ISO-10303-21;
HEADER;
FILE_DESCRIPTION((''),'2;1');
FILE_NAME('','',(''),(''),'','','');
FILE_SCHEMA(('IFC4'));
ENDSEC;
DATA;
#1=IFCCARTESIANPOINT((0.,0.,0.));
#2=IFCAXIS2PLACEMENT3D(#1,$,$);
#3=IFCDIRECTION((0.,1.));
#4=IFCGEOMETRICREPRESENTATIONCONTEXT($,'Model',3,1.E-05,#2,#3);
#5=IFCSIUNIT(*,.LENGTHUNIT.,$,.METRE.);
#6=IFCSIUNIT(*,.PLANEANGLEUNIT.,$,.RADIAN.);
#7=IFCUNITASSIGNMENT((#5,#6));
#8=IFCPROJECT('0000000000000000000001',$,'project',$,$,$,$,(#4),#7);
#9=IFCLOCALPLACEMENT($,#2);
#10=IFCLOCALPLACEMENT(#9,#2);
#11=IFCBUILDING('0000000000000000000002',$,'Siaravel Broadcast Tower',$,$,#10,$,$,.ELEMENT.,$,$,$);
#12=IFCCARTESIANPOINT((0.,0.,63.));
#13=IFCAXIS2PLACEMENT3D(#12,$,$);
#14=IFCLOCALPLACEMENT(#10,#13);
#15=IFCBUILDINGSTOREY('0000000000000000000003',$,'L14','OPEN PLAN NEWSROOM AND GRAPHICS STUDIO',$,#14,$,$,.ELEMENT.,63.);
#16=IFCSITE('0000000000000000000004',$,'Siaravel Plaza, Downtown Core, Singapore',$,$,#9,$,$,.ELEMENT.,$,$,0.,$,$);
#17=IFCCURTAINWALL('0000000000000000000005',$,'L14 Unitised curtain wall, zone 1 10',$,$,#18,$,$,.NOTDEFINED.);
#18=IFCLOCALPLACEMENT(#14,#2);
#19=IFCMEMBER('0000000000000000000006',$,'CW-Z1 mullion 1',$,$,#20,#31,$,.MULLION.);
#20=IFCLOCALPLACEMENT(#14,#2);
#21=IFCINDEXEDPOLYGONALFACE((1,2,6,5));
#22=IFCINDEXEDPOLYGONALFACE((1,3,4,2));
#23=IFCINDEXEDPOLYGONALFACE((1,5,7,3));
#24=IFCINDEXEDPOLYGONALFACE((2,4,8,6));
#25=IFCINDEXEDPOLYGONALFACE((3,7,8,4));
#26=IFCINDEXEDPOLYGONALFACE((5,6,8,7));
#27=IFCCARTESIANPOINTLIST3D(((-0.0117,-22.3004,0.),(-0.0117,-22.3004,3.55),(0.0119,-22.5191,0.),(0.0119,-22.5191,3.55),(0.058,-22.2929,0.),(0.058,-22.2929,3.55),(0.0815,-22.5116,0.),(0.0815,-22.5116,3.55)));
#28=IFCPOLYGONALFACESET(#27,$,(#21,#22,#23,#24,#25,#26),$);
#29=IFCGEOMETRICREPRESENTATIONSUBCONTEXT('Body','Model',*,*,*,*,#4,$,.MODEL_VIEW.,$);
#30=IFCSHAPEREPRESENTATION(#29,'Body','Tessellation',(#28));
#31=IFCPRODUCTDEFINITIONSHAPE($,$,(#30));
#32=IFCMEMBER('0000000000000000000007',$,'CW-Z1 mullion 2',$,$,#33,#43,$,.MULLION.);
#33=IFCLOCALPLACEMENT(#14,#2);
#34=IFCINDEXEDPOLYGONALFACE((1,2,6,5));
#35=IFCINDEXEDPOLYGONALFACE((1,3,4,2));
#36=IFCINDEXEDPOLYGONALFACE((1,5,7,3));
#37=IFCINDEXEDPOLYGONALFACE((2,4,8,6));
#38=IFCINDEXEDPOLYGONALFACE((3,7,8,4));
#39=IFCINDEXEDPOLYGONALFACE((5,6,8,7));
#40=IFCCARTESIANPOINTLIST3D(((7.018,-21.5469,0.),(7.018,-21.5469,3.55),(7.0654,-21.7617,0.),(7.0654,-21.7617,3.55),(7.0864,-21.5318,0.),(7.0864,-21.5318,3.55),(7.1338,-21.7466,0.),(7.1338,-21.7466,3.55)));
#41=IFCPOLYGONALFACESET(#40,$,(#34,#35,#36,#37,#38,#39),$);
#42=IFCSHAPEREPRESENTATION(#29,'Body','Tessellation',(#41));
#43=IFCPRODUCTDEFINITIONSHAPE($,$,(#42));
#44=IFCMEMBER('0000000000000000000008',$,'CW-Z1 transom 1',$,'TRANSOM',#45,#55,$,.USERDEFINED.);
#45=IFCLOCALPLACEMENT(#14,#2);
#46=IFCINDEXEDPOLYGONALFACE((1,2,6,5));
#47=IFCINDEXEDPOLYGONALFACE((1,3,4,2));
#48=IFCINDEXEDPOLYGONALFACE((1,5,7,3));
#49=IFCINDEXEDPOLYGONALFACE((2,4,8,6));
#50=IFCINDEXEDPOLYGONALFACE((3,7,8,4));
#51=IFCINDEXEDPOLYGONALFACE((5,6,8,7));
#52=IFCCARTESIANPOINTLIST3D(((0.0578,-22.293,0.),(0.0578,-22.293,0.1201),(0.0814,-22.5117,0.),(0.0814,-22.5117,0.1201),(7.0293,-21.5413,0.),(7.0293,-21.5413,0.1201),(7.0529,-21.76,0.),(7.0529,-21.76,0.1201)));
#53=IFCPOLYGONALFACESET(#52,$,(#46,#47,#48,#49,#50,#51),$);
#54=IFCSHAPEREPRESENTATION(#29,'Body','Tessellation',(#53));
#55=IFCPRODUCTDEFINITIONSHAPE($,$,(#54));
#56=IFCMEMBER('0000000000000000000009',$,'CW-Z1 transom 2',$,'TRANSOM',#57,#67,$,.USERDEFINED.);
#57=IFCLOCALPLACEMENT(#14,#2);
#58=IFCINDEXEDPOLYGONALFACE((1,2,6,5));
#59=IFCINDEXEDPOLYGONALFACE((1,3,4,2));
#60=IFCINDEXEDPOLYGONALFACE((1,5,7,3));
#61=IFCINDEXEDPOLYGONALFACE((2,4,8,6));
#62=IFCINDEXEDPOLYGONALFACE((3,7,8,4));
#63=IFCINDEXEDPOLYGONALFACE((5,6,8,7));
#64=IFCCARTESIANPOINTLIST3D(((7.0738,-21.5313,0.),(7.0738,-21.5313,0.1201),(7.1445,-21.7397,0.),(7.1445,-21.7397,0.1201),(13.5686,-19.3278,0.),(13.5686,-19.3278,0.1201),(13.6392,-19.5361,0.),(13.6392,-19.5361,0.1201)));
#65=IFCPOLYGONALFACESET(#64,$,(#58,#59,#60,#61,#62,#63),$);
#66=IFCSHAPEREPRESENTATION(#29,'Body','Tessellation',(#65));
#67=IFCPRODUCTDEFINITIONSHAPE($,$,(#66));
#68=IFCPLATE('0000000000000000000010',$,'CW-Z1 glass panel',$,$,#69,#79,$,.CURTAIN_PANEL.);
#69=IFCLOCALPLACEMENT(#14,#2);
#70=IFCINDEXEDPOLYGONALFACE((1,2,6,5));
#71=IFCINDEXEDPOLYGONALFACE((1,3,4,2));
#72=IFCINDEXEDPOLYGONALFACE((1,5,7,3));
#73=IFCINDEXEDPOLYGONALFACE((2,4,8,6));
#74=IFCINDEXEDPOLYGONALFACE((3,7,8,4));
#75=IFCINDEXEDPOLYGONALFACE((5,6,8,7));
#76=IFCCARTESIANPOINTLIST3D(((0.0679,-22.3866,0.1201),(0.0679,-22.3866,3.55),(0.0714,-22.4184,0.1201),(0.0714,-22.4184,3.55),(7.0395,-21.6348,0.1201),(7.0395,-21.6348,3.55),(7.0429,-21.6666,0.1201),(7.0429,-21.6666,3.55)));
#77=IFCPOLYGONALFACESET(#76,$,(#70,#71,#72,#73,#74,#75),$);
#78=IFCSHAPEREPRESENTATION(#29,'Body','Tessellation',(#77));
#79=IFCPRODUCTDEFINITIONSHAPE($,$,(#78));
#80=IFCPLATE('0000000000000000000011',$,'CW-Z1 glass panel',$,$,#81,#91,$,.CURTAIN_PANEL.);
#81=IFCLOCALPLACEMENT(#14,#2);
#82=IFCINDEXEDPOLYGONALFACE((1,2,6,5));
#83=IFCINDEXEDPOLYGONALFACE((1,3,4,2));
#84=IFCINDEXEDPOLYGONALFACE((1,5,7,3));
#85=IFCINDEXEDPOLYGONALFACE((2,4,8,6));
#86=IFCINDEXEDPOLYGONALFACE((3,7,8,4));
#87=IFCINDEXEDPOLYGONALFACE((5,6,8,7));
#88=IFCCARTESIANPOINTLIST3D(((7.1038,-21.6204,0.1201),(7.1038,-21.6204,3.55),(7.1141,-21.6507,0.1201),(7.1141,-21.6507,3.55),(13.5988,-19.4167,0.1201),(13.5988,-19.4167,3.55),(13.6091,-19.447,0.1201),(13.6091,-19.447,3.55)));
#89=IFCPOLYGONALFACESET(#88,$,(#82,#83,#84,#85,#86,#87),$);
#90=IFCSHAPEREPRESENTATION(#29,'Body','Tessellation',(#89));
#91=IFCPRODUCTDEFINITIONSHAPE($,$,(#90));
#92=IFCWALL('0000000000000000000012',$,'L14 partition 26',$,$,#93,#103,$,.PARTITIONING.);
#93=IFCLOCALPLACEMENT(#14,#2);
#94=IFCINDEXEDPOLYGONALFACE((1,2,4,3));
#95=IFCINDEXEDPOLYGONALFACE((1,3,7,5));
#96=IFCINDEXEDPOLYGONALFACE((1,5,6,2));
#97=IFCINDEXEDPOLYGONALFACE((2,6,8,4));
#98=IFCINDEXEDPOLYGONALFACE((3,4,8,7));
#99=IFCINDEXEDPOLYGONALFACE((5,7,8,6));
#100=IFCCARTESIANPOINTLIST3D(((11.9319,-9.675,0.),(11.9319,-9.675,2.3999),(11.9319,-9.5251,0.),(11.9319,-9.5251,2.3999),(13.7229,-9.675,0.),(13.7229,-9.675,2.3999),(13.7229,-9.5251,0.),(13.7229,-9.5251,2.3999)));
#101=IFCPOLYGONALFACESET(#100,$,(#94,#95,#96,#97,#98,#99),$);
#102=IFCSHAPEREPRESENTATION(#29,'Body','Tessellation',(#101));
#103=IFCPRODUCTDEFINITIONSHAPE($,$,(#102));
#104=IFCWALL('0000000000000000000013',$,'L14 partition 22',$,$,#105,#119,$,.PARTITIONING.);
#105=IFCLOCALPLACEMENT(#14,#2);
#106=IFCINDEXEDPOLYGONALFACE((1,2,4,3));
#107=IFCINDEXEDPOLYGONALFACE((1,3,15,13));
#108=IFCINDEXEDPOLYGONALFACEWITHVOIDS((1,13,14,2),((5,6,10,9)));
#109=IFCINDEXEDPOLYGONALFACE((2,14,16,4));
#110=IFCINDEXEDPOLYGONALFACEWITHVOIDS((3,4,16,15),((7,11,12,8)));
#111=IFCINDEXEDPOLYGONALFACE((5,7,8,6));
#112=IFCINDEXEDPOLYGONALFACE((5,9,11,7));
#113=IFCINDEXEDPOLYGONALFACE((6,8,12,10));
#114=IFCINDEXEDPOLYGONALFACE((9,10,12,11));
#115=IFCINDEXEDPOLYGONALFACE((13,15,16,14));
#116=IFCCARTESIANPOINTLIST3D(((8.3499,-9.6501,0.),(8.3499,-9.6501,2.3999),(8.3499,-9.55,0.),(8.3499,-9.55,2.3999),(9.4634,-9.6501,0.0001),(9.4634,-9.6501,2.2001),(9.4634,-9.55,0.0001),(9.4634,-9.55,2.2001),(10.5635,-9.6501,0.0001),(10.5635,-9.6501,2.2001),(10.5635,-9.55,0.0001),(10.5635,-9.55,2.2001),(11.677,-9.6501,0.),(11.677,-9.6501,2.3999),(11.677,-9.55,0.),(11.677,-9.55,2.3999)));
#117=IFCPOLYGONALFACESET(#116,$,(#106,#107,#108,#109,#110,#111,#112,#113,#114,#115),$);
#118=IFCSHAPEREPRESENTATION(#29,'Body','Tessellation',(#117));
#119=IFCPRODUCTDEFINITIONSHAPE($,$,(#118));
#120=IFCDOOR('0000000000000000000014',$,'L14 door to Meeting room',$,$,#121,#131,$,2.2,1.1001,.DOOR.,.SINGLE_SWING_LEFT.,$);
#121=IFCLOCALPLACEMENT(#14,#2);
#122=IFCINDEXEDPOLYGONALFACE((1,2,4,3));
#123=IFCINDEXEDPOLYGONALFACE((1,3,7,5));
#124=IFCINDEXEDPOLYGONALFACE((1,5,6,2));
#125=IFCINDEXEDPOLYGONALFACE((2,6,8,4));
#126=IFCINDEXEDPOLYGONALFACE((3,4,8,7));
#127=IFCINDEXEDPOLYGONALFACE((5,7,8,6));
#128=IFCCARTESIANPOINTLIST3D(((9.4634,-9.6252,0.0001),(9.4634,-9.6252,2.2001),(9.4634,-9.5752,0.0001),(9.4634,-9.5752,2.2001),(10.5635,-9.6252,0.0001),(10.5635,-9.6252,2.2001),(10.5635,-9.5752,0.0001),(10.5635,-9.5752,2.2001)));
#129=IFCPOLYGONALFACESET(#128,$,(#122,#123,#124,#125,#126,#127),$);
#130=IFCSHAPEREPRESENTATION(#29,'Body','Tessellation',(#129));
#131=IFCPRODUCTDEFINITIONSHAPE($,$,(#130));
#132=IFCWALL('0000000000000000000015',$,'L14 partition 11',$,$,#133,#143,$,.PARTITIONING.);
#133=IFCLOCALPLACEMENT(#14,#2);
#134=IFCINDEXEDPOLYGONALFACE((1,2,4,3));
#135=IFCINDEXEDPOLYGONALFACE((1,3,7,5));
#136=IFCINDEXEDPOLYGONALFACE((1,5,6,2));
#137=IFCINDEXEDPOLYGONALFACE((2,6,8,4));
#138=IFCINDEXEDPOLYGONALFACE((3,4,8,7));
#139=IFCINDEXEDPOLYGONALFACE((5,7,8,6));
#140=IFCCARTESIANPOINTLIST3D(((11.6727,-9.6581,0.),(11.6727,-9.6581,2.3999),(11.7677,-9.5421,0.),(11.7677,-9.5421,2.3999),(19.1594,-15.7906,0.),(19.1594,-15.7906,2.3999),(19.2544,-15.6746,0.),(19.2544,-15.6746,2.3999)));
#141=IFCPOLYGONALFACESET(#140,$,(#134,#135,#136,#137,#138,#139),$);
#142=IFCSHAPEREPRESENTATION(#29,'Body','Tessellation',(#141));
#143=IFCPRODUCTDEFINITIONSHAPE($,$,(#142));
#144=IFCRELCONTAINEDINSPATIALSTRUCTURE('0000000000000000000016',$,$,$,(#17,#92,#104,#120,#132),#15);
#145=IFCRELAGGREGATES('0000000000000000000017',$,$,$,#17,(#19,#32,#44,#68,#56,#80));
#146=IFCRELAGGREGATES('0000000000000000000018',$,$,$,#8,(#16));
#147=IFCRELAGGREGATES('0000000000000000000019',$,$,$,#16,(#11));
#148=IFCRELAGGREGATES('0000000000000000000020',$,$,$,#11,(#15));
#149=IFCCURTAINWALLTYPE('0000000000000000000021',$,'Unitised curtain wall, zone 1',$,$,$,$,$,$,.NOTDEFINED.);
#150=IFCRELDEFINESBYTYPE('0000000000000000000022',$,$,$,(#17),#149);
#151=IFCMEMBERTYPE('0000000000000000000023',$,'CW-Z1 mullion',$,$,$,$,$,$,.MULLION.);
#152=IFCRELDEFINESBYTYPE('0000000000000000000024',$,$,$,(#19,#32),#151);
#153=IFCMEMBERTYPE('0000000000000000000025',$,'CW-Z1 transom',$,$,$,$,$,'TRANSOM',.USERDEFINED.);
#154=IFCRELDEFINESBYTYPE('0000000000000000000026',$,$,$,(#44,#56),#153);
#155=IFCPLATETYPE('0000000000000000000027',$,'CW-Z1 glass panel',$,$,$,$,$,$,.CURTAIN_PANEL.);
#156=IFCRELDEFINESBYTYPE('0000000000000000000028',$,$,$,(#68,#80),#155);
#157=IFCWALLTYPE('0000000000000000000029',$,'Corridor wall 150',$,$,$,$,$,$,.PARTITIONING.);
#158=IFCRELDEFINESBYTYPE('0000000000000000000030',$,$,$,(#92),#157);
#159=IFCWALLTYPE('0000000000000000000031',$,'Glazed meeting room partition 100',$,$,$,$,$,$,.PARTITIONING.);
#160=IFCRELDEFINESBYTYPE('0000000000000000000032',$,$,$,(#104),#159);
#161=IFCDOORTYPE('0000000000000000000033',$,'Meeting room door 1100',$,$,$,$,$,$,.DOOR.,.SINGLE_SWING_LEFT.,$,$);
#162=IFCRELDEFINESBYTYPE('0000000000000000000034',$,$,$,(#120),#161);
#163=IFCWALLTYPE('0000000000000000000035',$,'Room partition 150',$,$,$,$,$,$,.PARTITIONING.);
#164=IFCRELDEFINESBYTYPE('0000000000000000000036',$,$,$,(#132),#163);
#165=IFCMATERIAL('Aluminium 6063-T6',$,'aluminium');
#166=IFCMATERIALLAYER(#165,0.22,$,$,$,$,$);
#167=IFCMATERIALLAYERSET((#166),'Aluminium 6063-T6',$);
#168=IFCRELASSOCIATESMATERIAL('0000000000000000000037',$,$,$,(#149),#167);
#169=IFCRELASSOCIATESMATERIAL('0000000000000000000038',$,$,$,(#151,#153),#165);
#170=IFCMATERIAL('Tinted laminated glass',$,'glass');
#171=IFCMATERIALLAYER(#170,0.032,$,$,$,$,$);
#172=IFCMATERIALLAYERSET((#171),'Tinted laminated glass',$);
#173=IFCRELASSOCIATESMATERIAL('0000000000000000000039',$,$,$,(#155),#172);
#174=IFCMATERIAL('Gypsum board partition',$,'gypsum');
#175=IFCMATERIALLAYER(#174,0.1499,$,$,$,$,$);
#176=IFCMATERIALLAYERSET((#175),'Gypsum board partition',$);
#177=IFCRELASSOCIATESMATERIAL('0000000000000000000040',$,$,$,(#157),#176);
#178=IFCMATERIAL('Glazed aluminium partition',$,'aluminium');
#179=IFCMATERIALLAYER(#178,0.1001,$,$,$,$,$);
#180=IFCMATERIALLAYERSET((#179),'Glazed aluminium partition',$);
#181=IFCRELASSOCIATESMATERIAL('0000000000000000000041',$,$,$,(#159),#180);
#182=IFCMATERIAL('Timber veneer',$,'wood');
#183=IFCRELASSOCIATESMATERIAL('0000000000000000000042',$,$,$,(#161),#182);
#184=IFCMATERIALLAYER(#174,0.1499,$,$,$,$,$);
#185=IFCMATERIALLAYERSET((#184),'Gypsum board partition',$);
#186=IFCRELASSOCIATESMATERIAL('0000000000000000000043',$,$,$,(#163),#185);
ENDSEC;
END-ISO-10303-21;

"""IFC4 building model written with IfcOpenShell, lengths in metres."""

from ifc_helpers import new_model, si_unit, direction, frame, frame_2d, origin, origin_2d, place, context, subcontext, project, spatial, rectangle, extrude, material, layer, layer_set, material_profile, profile_set, type_object, element, fill, aggregate, save


model = new_model("IFC4")

# Units and contexts
model_context = context("Model", 3, precision=1e-05, world=origin(), true_north=direction((0.0, 1.0)))
body_context = subcontext(model_context, "Body", "Model", "MODEL_VIEW")
ifc_project = project(units=[si_unit("LENGTHUNIT", "METRE"), si_unit("PLANEANGLEUNIT", "RADIAN")], contexts=[model_context])

# Site, building, storey
site_placement = place(None, origin())
site = spatial("IfcSite", under=ifc_project, at=site_placement, Name="Siaravel Plaza, Downtown Core, Singapore", CompositionType="ELEMENT", RefElevation=0.0)
building_placement = place(site_placement, origin())
building = spatial("IfcBuilding", under=site, at=building_placement, Name="Siaravel Broadcast Tower", CompositionType="ELEMENT")
storey_placement = place(building_placement, frame((0.0, 0.0, 63.0)))
storey = spatial("IfcBuildingStorey", under=building, at=storey_placement, Name="L14", Description="OPEN PLAN NEWSROOM AND GRAPHICS STUDIO", CompositionType="ELEMENT", Elevation=63.0)

# Curtain wall, members, plates
ifc_material_1 = material(Name="Aluminium 6063-T6", Category="aluminium")
ifc_layer_1 = layer(ifc_material_1, 0.22)
ifc_layer_set_1 = layer_set([ifc_layer_1], Name="Aluminium 6063-T6")
curtain_wall_type = type_object("IfcCurtainWallType", Name="Unitised curtain wall, zone 1", PredefinedType="NOTDEFINED", material=ifc_layer_set_1)
curtain_wall_placement = place(storey_placement, origin())
curtain_wall = element("IfcCurtainWall", 1, at=curtain_wall_placement, inside=storey, type_object=curtain_wall_type, Name="L14 Unitised curtain wall, zone 1 10", PredefinedType="NOTDEFINED")
ifc_material_profile_1 = material_profile(ifc_material_1, rectangle(XDim=0.22, YDim=0.0701, at=origin_2d()))
ifc_profile_set_1 = profile_set([ifc_material_profile_1], Name="Aluminium 6063-T6")
member_type_1 = type_object("IfcMemberType", Name="CW-Z1 mullion", PredefinedType="MULLION", material=ifc_profile_set_1)
member_1_placement = place(storey_placement, frame((0.0349, -22.406, 0.0), z_axis=(0.0, 0.0, 1.0), x_axis=(-0.107217, 0.994236, 0.0)))
member_1 = element("IfcMember", 2, at=member_1_placement, type_object=member_type_1, Name="CW-Z1 mullion 1", PredefinedType="MULLION", context=body_context, shape_type="SweptSolid", body=[
    extrude(rectangle(XDim=0.22, YDim=0.0701, at=origin_2d()), origin(), (0.0, 0.0, 1.0), 3.55),
])
member_2_placement = place(storey_placement, frame((7.0759, -21.6467, 0.0), z_axis=(0.0, 0.0, 1.0), x_axis=(-0.215557, 0.976491, 0.0)))
member_2 = element("IfcMember", 3, at=member_2_placement, type_object=member_type_1, Name="CW-Z1 mullion 2", PredefinedType="MULLION", context=body_context, shape_type="SweptSolid", body=[
    extrude(rectangle(XDim=0.22, YDim=0.0701, at=origin_2d()), origin(), (0.0, 0.0, 1.0), 3.55),
])
ifc_material_profile_2 = material_profile(ifc_material_1, rectangle(XDim=0.22, YDim=0.1201, at=origin_2d()))
ifc_profile_set_2 = profile_set([ifc_material_profile_2], Name="Aluminium 6063-T6")
member_type_2 = type_object("IfcMemberType", Name="CW-Z1 transom", ElementType="TRANSOM", PredefinedType="USERDEFINED", material=ifc_profile_set_2)
member_3_placement = place(storey_placement, frame((0.0696, -22.4023, 0.0601), z_axis=(0.994237, 0.107206, 0.0), x_axis=(-0.107206, 0.994237, 0.0)))
member_3 = element("IfcMember", 4, at=member_3_placement, type_object=member_type_2, Name="CW-Z1 transom 1", ObjectType="TRANSOM", PredefinedType="USERDEFINED", context=body_context, shape_type="SweptSolid", body=[
    extrude(rectangle(XDim=0.22, YDim=0.1201, at=origin_2d()), origin(), (0.0, 0.0, 1.0), 7.012),
])
member_4_placement = place(storey_placement, frame((7.1091, -21.6355, 0.0601), z_axis=(0.946979, 0.321296, 0.0), x_axis=(-0.321296, 0.946979, 0.0)))
member_4 = element("IfcMember", 5, at=member_4_placement, type_object=member_type_2, Name="CW-Z1 transom 2", ObjectType="TRANSOM", PredefinedType="USERDEFINED", context=body_context, shape_type="SweptSolid", body=[
    extrude(rectangle(XDim=0.22, YDim=0.1201, at=origin_2d()), origin(), (0.0, 0.0, 1.0), 6.8584),
])
ifc_material_2 = material(Name="Tinted laminated glass", Category="glass")
ifc_layer_2 = layer(ifc_material_2, 0.032)
ifc_layer_set_2 = layer_set([ifc_layer_2], Name="Tinted laminated glass")
plate_type = type_object("IfcPlateType", Name="CW-Z1 glass panel", PredefinedType="CURTAIN_PANEL", material=ifc_layer_set_2)
plate_1_placement = place(storey_placement, frame((3.5554, -22.0266, 0.1201), z_axis=(0.0, 0.0, 1.0), x_axis=(0.994236, 0.107217, 0.0)))
plate_1 = element("IfcPlate", 6, at=plate_1_placement, type_object=plate_type, Name="CW-Z1 glass panel", PredefinedType="CURTAIN_PANEL", context=body_context, shape_type="SweptSolid", body=[
    extrude(rectangle(XDim=7.012, YDim=0.032, at=origin_2d()), origin(), (0.0, 0.0, 1.0), 3.4299),
])
plate_2_placement = place(storey_placement, frame((10.3564, -20.5337, 0.1201), z_axis=(0.0, 0.0, 1.0), x_axis=(0.946978, 0.3213, 0.0)))
plate_2 = element("IfcPlate", 7, at=plate_2_placement, type_object=plate_type, Name="CW-Z1 glass panel", PredefinedType="CURTAIN_PANEL", context=body_context, shape_type="SweptSolid", body=[
    extrude(rectangle(XDim=6.8586, YDim=0.032, at=origin_2d()), origin(), (0.0, 0.0, 1.0), 3.4299),
])
aggregate(curtain_wall, [member_1, member_2, member_3, plate_1, member_4, plate_2])

# Wall
ifc_material_3 = material(Name="Gypsum board partition", Category="gypsum")
ifc_layer_3 = layer(ifc_material_3, 0.1499)
ifc_layer_set_3 = layer_set([ifc_layer_3], Name="Gypsum board partition")
wall_type_1 = type_object("IfcWallType", Name="Corridor wall 150", PredefinedType="PARTITIONING", material=ifc_layer_set_3)
wall_1_placement = place(storey_placement, frame((11.9319, -9.6001, 0.0), z_axis=(0.0, 0.0, 1.0), x_axis=(1.0, 0.0, 0.0)))
element("IfcWall", 8, at=wall_1_placement, inside=storey, type_object=wall_type_1, Name="L14 partition 26", PredefinedType="PARTITIONING", context=body_context, shape_type="SweptSolid", body=[
    extrude(rectangle(XDim=1.791, YDim=0.1499, at=frame_2d((0.8955, 0.0))), origin(), (0.0, 0.0, 1.0), 2.3999),
])

# Wall, opening, door
ifc_material_4 = material(Name="Glazed aluminium partition", Category="aluminium")
ifc_layer_4 = layer(ifc_material_4, 0.1001)
ifc_layer_set_4 = layer_set([ifc_layer_4], Name="Glazed aluminium partition")
wall_type_2 = type_object("IfcWallType", Name="Glazed meeting room partition 100", PredefinedType="PARTITIONING", material=ifc_layer_set_4)
wall_2_placement = place(storey_placement, frame((8.3499, -9.6001, 0.0), z_axis=(0.0, 0.0, 1.0), x_axis=(1.0, 0.0, 0.0)))
wall_2 = element("IfcWall", 9, at=wall_2_placement, inside=storey, type_object=wall_type_2, Name="L14 partition 22", PredefinedType="PARTITIONING", context=body_context, shape_type="SweptSolid", body=[
    extrude(rectangle(XDim=3.3271, YDim=0.1001, at=frame_2d((1.6636, 0.0))), origin(), (0.0, 0.0, 1.0), 2.3999),
])
opening_placement = place(wall_2_placement, frame((1.1135, 0.0, 0.0)))
opening = element("IfcOpeningElement", 10, at=opening_placement, cuts=wall_2, PredefinedType="OPENING", context=body_context, shape_type="SweptSolid", body=[
    extrude(rectangle(XDim=1.1001, YDim=2.2, at=frame_2d((0.55, 1.1001))), frame((0.0, 0.0601, 0.0), z_axis=(0.0, -1.0, 0.0), x_axis=(1.0, 0.0, 0.0)), (0.0, 0.0, 1.0), 0.1201),
])
ifc_material_5 = material(Name="Timber veneer", Category="wood")
door_type = type_object("IfcDoorType", Name="Meeting room door 1100", OperationType="SINGLE_SWING_LEFT", PredefinedType="DOOR", material=ifc_material_5)
door_placement = place(opening_placement, origin())
door = element("IfcDoor", 11, at=door_placement, inside=storey, type_object=door_type, Name="L14 door to Meeting room", OperationType="SINGLE_SWING_LEFT", OverallHeight=2.2, OverallWidth=1.1001, PredefinedType="DOOR", context=body_context, shape_type="SweptSolid", body=[
    extrude(rectangle(XDim=1.1001, YDim=2.2, at=frame_2d((0.55, 1.1001))), frame((0.0, 0.0249, 0.0), z_axis=(0.0, -1.0, 0.0), x_axis=(1.0, 0.0, 0.0)), (0.0, 0.0, 1.0), 0.05),
])
fill(opening, door)

# Wall
ifc_layer_5 = layer(ifc_material_3, 0.1499)
ifc_layer_set_5 = layer_set([ifc_layer_5], Name="Gypsum board partition")
wall_type_3 = type_object("IfcWallType", Name="Room partition 150", PredefinedType="PARTITIONING", material=ifc_layer_set_5)
wall_3_placement = place(storey_placement, frame((11.7202, -9.6001, 0.0), z_axis=(0.0, 0.0, 1.0), x_axis=(0.773603, -0.63367, 0.0)))
element("IfcWall", 12, at=wall_3_placement, inside=storey, type_object=wall_type_3, Name="L14 partition 11", PredefinedType="PARTITIONING", context=body_context, shape_type="SweptSolid", body=[
    extrude(rectangle(XDim=9.6777, YDim=0.1499, at=frame_2d((4.8389, 0.0))), origin(), (0.0, 0.0, 1.0), 2.3999),
])

save(model, "model.ifc")
